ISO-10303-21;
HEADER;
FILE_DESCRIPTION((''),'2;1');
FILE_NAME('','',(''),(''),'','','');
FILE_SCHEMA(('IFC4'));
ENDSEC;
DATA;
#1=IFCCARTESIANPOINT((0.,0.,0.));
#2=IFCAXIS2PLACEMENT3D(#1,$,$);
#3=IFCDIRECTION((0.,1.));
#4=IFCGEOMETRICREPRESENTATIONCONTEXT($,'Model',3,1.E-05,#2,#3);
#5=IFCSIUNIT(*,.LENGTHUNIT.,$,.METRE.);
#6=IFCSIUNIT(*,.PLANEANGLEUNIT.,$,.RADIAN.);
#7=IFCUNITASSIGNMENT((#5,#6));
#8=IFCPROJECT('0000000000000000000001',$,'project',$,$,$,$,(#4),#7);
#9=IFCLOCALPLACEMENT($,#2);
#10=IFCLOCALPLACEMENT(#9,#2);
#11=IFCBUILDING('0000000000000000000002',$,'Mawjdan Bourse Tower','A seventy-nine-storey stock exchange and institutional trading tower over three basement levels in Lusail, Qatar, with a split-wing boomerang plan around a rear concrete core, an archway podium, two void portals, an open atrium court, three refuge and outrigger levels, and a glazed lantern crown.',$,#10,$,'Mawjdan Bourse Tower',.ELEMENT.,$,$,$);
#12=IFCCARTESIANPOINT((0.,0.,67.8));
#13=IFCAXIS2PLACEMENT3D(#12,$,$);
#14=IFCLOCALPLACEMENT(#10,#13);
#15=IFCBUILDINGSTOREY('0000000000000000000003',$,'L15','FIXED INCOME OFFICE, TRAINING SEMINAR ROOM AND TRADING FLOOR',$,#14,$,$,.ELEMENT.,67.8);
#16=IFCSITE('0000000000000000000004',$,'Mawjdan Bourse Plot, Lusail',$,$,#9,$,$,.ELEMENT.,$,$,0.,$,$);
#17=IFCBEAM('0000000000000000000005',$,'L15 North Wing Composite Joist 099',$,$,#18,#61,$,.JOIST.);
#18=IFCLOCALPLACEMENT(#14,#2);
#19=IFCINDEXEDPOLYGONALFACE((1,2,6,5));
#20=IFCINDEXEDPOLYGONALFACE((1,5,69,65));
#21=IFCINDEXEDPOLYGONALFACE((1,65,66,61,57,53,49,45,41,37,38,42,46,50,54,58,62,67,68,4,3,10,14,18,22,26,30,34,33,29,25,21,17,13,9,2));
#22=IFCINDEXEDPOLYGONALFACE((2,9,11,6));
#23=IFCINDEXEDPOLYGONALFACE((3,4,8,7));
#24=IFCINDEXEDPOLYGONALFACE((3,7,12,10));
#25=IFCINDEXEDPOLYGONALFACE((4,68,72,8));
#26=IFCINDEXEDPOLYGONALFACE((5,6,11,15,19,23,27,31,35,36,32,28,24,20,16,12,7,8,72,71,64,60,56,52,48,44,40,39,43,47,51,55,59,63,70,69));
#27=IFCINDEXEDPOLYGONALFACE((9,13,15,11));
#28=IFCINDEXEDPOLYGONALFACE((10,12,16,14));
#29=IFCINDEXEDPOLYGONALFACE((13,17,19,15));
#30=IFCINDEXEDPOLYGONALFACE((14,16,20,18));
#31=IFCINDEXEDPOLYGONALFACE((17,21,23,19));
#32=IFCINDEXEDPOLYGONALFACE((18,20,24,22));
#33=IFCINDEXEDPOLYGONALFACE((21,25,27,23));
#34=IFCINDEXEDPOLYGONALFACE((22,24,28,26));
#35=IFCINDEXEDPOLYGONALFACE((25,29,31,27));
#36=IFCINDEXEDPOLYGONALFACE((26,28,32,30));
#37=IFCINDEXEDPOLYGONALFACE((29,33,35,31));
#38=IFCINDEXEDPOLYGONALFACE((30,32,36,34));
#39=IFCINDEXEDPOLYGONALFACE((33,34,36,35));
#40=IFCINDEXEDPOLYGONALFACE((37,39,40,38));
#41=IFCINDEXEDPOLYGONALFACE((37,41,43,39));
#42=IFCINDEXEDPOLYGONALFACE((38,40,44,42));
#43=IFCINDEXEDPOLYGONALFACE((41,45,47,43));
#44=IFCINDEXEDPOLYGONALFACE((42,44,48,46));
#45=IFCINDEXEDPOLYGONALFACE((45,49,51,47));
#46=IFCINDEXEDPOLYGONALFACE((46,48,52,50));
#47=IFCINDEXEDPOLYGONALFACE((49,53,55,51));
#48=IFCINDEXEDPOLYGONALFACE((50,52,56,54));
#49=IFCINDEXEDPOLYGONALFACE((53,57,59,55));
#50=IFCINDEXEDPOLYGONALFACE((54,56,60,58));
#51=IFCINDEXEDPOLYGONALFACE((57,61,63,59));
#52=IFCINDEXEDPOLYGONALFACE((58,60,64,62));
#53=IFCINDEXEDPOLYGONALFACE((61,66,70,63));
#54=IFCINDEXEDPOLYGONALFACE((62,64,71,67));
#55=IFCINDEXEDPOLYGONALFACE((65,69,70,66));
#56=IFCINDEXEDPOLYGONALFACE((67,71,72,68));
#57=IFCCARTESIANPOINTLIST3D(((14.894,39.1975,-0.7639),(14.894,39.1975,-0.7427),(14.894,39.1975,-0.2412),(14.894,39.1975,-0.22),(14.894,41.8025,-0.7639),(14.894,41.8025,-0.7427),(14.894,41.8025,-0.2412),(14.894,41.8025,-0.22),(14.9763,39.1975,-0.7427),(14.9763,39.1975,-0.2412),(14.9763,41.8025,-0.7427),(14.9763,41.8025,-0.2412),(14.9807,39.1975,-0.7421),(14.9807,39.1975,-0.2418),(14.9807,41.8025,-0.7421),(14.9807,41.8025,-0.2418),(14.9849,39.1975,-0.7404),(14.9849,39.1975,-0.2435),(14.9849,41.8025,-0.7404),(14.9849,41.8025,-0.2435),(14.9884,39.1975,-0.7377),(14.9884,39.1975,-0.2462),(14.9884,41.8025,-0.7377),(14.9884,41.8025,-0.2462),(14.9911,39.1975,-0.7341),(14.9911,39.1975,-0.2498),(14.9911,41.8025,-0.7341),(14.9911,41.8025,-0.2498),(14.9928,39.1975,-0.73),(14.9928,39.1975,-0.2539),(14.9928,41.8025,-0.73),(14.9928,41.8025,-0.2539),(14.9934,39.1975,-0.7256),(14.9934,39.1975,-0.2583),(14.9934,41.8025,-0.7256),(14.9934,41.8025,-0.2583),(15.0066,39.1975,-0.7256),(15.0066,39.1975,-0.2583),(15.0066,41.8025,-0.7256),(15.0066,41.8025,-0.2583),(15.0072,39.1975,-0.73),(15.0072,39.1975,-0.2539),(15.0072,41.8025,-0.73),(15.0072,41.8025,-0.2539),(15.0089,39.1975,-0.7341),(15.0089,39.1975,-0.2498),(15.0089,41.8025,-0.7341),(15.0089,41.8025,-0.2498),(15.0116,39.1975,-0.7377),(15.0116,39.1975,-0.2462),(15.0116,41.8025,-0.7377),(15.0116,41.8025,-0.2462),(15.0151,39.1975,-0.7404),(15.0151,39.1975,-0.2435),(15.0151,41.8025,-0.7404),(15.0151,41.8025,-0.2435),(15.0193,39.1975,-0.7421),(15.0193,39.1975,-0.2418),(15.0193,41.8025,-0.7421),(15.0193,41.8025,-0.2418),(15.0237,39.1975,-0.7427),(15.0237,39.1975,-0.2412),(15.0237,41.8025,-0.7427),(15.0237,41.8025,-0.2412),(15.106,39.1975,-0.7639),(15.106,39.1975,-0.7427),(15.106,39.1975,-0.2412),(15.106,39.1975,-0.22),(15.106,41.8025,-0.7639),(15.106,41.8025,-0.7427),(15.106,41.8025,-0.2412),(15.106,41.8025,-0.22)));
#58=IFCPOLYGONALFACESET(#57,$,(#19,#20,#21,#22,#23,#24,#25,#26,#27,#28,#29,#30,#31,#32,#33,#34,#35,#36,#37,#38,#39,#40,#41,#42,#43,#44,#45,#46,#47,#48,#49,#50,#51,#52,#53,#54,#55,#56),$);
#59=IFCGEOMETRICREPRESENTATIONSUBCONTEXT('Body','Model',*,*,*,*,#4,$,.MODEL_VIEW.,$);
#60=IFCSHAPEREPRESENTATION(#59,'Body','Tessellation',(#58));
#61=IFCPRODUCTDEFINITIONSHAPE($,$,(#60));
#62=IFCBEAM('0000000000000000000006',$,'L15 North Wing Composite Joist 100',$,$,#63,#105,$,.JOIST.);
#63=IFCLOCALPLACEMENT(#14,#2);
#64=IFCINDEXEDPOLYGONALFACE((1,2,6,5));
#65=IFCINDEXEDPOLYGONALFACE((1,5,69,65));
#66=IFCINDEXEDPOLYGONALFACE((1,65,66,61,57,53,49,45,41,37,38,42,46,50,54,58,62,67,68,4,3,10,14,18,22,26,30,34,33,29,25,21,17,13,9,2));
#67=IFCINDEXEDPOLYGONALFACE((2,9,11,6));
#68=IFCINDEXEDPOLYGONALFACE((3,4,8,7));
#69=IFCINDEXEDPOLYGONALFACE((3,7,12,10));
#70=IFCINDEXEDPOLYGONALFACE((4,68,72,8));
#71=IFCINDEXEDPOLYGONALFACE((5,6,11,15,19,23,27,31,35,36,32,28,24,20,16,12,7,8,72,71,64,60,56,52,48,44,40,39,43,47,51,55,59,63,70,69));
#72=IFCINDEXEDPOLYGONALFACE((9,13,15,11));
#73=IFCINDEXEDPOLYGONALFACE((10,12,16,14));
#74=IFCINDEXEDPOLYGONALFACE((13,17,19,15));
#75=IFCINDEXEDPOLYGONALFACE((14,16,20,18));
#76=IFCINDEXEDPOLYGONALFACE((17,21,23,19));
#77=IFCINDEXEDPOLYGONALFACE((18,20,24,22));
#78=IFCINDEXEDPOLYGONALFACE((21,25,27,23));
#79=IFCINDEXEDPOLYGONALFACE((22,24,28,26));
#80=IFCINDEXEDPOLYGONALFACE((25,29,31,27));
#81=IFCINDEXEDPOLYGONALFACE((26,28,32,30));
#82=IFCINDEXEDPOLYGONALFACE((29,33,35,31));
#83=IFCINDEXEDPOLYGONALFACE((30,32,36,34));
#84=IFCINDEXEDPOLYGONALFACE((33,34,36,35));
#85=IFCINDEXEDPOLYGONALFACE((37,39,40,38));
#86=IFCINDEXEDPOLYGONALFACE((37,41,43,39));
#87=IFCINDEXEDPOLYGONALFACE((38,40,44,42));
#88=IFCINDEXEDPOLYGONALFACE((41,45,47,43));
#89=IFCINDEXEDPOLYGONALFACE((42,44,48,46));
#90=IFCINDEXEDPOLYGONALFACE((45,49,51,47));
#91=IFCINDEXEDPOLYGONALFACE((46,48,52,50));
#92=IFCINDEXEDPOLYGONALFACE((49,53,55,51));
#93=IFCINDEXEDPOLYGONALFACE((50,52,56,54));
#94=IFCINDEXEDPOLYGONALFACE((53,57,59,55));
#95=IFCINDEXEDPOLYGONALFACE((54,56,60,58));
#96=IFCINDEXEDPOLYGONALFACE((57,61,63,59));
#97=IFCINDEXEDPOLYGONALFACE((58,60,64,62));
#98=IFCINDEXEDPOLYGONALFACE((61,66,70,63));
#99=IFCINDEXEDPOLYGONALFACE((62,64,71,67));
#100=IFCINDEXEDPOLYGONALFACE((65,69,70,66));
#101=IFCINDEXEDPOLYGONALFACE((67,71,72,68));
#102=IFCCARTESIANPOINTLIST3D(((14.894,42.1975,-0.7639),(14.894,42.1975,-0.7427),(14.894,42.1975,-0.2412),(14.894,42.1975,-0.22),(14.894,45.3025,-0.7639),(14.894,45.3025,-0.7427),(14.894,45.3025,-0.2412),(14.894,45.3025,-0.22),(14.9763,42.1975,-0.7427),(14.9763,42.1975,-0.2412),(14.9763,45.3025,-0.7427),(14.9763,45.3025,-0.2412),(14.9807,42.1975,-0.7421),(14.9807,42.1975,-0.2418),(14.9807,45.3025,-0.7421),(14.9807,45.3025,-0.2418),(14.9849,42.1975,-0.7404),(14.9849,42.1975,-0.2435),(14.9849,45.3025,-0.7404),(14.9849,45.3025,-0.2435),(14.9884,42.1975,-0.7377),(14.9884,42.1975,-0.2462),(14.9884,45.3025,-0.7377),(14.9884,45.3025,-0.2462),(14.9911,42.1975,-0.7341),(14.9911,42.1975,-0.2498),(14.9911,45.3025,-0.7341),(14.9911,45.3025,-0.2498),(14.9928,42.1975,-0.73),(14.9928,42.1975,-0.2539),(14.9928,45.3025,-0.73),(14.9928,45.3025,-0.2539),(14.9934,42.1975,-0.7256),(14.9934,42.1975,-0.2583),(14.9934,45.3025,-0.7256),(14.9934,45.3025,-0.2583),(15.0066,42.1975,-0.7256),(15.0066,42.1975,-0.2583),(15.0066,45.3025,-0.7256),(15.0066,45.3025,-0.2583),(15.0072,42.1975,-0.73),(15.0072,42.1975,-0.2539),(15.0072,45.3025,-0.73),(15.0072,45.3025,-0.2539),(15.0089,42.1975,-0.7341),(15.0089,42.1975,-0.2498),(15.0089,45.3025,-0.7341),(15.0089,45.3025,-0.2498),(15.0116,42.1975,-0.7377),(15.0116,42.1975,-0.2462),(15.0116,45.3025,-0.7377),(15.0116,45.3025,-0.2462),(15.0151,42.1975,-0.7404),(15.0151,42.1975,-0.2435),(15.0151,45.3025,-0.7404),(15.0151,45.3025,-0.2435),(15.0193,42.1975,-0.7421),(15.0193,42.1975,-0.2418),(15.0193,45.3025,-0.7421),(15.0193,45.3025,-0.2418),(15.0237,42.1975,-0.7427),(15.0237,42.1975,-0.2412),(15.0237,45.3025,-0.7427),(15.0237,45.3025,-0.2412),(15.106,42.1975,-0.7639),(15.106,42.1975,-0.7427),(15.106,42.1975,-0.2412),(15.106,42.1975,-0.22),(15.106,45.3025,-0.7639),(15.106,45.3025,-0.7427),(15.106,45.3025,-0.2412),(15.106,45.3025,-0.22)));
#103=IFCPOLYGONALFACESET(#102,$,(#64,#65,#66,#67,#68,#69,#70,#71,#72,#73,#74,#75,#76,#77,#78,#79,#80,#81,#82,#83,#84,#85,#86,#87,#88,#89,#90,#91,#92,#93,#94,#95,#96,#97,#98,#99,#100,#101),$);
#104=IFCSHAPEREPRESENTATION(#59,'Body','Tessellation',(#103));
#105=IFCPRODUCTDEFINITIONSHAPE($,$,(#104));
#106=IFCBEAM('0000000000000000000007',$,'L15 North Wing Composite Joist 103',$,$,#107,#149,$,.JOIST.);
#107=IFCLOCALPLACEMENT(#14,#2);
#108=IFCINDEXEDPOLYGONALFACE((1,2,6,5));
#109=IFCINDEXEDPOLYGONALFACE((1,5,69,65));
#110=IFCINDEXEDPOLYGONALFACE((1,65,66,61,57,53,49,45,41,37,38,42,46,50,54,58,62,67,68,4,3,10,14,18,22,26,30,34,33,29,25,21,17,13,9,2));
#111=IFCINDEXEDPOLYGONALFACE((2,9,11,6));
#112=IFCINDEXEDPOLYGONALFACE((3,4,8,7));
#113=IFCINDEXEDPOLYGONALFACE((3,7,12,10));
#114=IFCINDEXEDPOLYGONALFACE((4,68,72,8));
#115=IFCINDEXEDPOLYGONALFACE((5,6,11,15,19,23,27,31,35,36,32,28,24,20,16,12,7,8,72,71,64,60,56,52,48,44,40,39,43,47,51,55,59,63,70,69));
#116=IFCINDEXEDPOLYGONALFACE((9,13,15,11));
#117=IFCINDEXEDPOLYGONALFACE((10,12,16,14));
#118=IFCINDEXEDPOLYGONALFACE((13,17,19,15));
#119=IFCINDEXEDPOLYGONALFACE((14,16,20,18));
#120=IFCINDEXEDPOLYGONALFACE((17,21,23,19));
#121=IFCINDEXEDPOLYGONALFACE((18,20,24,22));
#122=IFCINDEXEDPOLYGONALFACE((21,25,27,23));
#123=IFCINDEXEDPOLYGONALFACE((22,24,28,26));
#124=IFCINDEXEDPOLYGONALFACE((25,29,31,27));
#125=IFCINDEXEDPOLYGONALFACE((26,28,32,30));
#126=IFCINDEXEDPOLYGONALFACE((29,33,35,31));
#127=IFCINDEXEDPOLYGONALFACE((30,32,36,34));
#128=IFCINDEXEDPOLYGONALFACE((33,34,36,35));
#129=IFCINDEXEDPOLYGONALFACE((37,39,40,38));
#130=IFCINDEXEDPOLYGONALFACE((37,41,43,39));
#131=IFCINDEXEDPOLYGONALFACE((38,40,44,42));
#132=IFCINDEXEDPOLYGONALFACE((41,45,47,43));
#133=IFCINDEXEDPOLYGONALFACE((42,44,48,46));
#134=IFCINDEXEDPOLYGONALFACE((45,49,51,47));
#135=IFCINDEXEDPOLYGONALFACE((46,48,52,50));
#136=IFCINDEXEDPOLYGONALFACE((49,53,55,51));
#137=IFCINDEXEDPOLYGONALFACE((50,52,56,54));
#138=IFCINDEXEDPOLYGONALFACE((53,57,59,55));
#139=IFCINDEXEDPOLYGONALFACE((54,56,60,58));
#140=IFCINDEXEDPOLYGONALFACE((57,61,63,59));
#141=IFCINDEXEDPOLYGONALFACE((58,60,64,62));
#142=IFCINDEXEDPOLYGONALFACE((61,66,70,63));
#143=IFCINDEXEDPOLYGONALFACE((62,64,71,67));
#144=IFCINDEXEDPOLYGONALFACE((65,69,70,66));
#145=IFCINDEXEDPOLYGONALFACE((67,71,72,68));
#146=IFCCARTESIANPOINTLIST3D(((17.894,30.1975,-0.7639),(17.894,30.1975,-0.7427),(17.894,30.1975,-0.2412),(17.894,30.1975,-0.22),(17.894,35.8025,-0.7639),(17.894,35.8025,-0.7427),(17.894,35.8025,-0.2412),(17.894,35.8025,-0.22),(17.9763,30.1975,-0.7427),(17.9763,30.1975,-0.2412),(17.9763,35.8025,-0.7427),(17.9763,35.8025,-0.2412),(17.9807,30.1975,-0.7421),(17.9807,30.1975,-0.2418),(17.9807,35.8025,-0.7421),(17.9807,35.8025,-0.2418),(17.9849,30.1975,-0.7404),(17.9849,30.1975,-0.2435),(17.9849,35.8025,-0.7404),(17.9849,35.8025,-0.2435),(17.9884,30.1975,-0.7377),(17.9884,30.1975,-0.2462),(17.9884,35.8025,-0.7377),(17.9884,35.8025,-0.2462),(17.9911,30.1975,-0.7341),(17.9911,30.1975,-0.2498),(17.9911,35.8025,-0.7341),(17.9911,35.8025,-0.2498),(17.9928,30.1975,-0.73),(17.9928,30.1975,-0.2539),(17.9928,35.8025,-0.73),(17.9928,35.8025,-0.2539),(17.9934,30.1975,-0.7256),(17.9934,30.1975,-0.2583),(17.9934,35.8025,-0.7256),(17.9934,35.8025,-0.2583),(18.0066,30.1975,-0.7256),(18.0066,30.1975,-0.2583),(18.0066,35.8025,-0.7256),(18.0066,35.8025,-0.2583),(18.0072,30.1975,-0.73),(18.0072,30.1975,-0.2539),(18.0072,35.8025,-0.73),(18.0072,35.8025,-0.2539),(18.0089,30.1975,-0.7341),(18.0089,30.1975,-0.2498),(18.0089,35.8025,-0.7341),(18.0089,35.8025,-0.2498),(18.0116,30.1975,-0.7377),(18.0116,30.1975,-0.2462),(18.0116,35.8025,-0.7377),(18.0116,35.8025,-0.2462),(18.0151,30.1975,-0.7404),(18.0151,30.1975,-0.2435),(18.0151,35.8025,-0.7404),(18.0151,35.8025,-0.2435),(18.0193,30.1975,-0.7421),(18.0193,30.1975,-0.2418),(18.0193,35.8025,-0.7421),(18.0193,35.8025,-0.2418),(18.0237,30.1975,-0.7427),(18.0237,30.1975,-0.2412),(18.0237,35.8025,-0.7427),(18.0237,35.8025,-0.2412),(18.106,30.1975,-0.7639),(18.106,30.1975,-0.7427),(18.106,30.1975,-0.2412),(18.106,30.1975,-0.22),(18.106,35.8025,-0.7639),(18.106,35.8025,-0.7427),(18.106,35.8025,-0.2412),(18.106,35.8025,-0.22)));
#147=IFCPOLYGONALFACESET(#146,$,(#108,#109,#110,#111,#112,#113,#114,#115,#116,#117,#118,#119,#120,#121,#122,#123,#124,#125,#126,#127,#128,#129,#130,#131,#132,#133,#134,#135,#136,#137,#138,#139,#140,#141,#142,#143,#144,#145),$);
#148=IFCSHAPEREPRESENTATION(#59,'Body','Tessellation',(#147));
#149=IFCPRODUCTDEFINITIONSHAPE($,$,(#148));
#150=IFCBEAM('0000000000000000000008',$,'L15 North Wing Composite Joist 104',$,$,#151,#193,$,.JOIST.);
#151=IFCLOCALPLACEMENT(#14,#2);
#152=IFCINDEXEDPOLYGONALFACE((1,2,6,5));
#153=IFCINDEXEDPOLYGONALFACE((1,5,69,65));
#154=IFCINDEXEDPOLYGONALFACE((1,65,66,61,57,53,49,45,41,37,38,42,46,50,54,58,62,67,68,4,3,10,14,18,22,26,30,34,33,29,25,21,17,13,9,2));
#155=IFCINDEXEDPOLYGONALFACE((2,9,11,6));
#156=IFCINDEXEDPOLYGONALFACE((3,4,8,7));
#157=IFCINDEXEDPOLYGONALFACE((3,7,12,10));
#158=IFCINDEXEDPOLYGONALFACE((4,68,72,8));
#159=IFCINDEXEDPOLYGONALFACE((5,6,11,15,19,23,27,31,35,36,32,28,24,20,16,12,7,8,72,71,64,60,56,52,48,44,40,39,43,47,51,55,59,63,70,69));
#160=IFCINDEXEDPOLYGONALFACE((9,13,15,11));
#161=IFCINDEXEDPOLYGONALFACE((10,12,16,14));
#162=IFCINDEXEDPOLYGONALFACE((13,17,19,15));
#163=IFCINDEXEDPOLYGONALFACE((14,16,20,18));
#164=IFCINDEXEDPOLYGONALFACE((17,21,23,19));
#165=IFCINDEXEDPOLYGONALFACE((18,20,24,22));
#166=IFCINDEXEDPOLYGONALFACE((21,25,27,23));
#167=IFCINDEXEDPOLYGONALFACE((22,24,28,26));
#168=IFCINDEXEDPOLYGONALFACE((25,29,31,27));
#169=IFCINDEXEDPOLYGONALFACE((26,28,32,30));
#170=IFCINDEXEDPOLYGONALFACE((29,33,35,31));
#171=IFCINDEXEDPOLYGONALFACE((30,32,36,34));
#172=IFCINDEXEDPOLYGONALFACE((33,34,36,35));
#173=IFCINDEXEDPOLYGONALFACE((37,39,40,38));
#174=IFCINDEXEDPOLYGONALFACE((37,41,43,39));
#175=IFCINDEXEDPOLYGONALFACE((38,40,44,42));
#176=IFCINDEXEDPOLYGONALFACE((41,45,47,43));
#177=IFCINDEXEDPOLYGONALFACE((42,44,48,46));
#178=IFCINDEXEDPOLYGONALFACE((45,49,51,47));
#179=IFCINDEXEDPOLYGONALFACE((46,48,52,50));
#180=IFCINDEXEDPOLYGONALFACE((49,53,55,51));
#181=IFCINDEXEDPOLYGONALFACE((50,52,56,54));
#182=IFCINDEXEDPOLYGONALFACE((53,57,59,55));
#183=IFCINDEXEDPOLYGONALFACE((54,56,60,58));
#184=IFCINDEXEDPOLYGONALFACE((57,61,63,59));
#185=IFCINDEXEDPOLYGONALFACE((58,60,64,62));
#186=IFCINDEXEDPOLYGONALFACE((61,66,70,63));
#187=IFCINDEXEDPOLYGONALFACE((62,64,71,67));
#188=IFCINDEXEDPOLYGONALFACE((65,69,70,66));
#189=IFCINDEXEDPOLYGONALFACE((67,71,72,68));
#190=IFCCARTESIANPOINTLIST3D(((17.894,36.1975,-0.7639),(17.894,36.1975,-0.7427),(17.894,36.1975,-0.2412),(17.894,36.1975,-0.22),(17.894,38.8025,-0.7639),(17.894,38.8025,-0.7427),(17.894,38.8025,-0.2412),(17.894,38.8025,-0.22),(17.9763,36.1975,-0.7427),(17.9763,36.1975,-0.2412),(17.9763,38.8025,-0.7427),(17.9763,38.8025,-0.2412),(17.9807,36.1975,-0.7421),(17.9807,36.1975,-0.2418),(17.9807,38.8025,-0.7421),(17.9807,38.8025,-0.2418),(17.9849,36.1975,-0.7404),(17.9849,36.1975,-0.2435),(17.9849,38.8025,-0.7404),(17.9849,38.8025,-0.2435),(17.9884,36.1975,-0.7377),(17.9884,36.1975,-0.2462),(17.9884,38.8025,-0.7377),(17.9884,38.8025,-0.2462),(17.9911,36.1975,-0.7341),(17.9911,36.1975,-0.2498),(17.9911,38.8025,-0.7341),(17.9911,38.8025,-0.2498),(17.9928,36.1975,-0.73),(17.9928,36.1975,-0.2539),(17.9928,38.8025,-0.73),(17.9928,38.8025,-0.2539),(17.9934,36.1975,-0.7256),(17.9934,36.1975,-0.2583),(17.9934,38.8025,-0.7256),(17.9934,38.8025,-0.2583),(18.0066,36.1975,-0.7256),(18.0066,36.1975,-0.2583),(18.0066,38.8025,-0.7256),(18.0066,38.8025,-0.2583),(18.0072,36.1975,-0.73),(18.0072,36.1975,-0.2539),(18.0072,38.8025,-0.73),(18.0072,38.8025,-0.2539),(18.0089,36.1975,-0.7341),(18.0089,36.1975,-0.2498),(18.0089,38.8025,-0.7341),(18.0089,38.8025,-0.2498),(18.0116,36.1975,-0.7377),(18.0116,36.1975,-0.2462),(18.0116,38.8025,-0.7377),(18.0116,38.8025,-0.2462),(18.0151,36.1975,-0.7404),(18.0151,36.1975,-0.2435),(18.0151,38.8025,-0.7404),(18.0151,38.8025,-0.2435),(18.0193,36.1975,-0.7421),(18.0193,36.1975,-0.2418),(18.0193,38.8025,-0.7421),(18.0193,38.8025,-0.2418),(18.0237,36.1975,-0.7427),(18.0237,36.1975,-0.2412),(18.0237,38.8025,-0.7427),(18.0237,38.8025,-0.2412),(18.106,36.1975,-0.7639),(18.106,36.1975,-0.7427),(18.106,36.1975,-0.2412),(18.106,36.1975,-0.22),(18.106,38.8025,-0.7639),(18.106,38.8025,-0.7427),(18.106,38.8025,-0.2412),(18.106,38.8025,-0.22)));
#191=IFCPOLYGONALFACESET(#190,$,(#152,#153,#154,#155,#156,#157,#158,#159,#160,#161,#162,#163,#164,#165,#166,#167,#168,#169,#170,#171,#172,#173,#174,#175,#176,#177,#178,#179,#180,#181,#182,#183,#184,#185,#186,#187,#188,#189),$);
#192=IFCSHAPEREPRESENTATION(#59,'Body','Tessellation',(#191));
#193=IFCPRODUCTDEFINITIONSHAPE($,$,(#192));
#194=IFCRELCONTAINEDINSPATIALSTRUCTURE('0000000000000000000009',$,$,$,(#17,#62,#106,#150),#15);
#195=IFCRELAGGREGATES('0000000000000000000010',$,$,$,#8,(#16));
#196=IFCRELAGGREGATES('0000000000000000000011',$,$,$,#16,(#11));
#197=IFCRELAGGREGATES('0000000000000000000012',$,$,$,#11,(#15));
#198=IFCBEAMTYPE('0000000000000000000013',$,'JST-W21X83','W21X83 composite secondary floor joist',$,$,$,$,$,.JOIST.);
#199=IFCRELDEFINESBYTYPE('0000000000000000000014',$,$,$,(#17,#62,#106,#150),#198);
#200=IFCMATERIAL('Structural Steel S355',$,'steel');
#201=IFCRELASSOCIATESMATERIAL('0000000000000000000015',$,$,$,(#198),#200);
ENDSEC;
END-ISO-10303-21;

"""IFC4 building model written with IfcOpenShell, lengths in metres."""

from ifc_helpers import new_model, si_unit, direction, frame, origin, origin_2d, place, context, subcontext, project, spatial, i_section, extrude, material, material_profile, profile_set, type_object, element, save


model = new_model("IFC4")

# Units and contexts
model_context = context("Model", 3, precision=1e-05, world=origin(), true_north=direction((0.0, 1.0)))
body_context = subcontext(model_context, "Body", "Model", "MODEL_VIEW")
ifc_project = project(units=[si_unit("LENGTHUNIT", "METRE"), si_unit("PLANEANGLEUNIT", "RADIAN")], contexts=[model_context])

# Site, building, storey
site_placement = place(None, origin())
site = spatial("IfcSite", under=ifc_project, at=site_placement, Name="Mawjdan Bourse Plot, Lusail", CompositionType="ELEMENT", RefElevation=0.0)
building_placement = place(site_placement, origin())
building = spatial("IfcBuilding", under=site, at=building_placement, Name="Mawjdan Bourse Tower", Description="A seventy-nine-storey stock exchange and institutional trading tower over three basement levels in Lusail, Qatar, with a split-wing boomerang plan around a rear concrete core, an archway podium, two void portals, an open atrium court, three refuge and outrigger levels, and a glazed lantern crown.", LongName="Mawjdan Bourse Tower", CompositionType="ELEMENT")
storey_placement = place(building_placement, frame((0.0, 0.0, 67.8)))
storey = spatial("IfcBuildingStorey", under=building, at=storey_placement, Name="L15", Description="FIXED INCOME OFFICE, TRAINING SEMINAR ROOM AND TRADING FLOOR", CompositionType="ELEMENT", Elevation=67.8)

# Beams
ifc_material_1 = material(Name="Structural Steel S355", Category="steel")
ifc_material_profile_1 = material_profile(ifc_material_1, i_section(OverallWidth=0.2119, OverallDepth=0.5439, WebThickness=0.0132, FlangeThickness=0.0212, FilletRadius=0.0171, at=origin_2d()), Name="W21X83")
ifc_profile_set_1 = profile_set([ifc_material_profile_1], Name="Structural Steel S355")
beam_type_1 = type_object("IfcBeamType", Name="JST-W21X83", Description="W21X83 composite secondary floor joist", PredefinedType="JOIST", material=ifc_profile_set_1)
for number, where, z_axis, x_axis, name in (
    (1, (15.0, 39.1975, -0.4919), (0.0, 1.0, 0.0), (-1.0, 0.0, 0.0), "L15 North Wing Composite Joist 099"),
):
    element("IfcBeam", number, at=place(storey_placement, frame(where, z_axis=z_axis, x_axis=x_axis)), inside=storey, type_object=beam_type_1, Name=name, PredefinedType="JOIST", context=body_context, shape_type="SweptSolid", body=[
        extrude(i_section(OverallWidth=0.2119, OverallDepth=0.5439, WebThickness=0.0132, FlangeThickness=0.0212, FilletRadius=0.0171, at=origin_2d()), origin(), (0.0, 0.0, 1.0), 2.605),
    ])
beam_1_placement = place(storey_placement, frame((15.0, 42.1975, -0.4919), z_axis=(0.0, 1.0, 0.0), x_axis=(-1.0, 0.0, 0.0)))
element("IfcBeam", 2, at=beam_1_placement, inside=storey, type_object=beam_type_1, Name="L15 North Wing Composite Joist 100", PredefinedType="JOIST", context=body_context, shape_type="SweptSolid", body=[
    extrude(i_section(OverallWidth=0.2119, OverallDepth=0.5439, WebThickness=0.0132, FlangeThickness=0.0212, FilletRadius=0.0171, at=origin_2d()), origin(), (0.0, 0.0, 1.0), 3.105),
])
beam_2_placement = place(storey_placement, frame((18.0, 30.1975, -0.4919), z_axis=(0.0, 1.0, 0.0), x_axis=(-1.0, 0.0, 0.0)))
element("IfcBeam", 3, at=beam_2_placement, inside=storey, type_object=beam_type_1, Name="L15 North Wing Composite Joist 103", PredefinedType="JOIST", context=body_context, shape_type="SweptSolid", body=[
    extrude(i_section(OverallWidth=0.2119, OverallDepth=0.5439, WebThickness=0.0132, FlangeThickness=0.0212, FilletRadius=0.0171, at=origin_2d()), origin(), (0.0, 0.0, 1.0), 5.605),
])
for number, where, z_axis, x_axis, name in (
    (4, (18.0, 36.1975, -0.4919), (0.0, 1.0, 0.0), (-1.0, 0.0, 0.0), "L15 North Wing Composite Joist 104"),
):
    element("IfcBeam", number, at=place(storey_placement, frame(where, z_axis=z_axis, x_axis=x_axis)), inside=storey, type_object=beam_type_1, Name=name, PredefinedType="JOIST", context=body_context, shape_type="SweptSolid", body=[
        extrude(i_section(OverallWidth=0.2119, OverallDepth=0.5439, WebThickness=0.0132, FlangeThickness=0.0212, FilletRadius=0.0171, at=origin_2d()), origin(), (0.0, 0.0, 1.0), 2.605),
    ])

save(model, "model.ifc")
